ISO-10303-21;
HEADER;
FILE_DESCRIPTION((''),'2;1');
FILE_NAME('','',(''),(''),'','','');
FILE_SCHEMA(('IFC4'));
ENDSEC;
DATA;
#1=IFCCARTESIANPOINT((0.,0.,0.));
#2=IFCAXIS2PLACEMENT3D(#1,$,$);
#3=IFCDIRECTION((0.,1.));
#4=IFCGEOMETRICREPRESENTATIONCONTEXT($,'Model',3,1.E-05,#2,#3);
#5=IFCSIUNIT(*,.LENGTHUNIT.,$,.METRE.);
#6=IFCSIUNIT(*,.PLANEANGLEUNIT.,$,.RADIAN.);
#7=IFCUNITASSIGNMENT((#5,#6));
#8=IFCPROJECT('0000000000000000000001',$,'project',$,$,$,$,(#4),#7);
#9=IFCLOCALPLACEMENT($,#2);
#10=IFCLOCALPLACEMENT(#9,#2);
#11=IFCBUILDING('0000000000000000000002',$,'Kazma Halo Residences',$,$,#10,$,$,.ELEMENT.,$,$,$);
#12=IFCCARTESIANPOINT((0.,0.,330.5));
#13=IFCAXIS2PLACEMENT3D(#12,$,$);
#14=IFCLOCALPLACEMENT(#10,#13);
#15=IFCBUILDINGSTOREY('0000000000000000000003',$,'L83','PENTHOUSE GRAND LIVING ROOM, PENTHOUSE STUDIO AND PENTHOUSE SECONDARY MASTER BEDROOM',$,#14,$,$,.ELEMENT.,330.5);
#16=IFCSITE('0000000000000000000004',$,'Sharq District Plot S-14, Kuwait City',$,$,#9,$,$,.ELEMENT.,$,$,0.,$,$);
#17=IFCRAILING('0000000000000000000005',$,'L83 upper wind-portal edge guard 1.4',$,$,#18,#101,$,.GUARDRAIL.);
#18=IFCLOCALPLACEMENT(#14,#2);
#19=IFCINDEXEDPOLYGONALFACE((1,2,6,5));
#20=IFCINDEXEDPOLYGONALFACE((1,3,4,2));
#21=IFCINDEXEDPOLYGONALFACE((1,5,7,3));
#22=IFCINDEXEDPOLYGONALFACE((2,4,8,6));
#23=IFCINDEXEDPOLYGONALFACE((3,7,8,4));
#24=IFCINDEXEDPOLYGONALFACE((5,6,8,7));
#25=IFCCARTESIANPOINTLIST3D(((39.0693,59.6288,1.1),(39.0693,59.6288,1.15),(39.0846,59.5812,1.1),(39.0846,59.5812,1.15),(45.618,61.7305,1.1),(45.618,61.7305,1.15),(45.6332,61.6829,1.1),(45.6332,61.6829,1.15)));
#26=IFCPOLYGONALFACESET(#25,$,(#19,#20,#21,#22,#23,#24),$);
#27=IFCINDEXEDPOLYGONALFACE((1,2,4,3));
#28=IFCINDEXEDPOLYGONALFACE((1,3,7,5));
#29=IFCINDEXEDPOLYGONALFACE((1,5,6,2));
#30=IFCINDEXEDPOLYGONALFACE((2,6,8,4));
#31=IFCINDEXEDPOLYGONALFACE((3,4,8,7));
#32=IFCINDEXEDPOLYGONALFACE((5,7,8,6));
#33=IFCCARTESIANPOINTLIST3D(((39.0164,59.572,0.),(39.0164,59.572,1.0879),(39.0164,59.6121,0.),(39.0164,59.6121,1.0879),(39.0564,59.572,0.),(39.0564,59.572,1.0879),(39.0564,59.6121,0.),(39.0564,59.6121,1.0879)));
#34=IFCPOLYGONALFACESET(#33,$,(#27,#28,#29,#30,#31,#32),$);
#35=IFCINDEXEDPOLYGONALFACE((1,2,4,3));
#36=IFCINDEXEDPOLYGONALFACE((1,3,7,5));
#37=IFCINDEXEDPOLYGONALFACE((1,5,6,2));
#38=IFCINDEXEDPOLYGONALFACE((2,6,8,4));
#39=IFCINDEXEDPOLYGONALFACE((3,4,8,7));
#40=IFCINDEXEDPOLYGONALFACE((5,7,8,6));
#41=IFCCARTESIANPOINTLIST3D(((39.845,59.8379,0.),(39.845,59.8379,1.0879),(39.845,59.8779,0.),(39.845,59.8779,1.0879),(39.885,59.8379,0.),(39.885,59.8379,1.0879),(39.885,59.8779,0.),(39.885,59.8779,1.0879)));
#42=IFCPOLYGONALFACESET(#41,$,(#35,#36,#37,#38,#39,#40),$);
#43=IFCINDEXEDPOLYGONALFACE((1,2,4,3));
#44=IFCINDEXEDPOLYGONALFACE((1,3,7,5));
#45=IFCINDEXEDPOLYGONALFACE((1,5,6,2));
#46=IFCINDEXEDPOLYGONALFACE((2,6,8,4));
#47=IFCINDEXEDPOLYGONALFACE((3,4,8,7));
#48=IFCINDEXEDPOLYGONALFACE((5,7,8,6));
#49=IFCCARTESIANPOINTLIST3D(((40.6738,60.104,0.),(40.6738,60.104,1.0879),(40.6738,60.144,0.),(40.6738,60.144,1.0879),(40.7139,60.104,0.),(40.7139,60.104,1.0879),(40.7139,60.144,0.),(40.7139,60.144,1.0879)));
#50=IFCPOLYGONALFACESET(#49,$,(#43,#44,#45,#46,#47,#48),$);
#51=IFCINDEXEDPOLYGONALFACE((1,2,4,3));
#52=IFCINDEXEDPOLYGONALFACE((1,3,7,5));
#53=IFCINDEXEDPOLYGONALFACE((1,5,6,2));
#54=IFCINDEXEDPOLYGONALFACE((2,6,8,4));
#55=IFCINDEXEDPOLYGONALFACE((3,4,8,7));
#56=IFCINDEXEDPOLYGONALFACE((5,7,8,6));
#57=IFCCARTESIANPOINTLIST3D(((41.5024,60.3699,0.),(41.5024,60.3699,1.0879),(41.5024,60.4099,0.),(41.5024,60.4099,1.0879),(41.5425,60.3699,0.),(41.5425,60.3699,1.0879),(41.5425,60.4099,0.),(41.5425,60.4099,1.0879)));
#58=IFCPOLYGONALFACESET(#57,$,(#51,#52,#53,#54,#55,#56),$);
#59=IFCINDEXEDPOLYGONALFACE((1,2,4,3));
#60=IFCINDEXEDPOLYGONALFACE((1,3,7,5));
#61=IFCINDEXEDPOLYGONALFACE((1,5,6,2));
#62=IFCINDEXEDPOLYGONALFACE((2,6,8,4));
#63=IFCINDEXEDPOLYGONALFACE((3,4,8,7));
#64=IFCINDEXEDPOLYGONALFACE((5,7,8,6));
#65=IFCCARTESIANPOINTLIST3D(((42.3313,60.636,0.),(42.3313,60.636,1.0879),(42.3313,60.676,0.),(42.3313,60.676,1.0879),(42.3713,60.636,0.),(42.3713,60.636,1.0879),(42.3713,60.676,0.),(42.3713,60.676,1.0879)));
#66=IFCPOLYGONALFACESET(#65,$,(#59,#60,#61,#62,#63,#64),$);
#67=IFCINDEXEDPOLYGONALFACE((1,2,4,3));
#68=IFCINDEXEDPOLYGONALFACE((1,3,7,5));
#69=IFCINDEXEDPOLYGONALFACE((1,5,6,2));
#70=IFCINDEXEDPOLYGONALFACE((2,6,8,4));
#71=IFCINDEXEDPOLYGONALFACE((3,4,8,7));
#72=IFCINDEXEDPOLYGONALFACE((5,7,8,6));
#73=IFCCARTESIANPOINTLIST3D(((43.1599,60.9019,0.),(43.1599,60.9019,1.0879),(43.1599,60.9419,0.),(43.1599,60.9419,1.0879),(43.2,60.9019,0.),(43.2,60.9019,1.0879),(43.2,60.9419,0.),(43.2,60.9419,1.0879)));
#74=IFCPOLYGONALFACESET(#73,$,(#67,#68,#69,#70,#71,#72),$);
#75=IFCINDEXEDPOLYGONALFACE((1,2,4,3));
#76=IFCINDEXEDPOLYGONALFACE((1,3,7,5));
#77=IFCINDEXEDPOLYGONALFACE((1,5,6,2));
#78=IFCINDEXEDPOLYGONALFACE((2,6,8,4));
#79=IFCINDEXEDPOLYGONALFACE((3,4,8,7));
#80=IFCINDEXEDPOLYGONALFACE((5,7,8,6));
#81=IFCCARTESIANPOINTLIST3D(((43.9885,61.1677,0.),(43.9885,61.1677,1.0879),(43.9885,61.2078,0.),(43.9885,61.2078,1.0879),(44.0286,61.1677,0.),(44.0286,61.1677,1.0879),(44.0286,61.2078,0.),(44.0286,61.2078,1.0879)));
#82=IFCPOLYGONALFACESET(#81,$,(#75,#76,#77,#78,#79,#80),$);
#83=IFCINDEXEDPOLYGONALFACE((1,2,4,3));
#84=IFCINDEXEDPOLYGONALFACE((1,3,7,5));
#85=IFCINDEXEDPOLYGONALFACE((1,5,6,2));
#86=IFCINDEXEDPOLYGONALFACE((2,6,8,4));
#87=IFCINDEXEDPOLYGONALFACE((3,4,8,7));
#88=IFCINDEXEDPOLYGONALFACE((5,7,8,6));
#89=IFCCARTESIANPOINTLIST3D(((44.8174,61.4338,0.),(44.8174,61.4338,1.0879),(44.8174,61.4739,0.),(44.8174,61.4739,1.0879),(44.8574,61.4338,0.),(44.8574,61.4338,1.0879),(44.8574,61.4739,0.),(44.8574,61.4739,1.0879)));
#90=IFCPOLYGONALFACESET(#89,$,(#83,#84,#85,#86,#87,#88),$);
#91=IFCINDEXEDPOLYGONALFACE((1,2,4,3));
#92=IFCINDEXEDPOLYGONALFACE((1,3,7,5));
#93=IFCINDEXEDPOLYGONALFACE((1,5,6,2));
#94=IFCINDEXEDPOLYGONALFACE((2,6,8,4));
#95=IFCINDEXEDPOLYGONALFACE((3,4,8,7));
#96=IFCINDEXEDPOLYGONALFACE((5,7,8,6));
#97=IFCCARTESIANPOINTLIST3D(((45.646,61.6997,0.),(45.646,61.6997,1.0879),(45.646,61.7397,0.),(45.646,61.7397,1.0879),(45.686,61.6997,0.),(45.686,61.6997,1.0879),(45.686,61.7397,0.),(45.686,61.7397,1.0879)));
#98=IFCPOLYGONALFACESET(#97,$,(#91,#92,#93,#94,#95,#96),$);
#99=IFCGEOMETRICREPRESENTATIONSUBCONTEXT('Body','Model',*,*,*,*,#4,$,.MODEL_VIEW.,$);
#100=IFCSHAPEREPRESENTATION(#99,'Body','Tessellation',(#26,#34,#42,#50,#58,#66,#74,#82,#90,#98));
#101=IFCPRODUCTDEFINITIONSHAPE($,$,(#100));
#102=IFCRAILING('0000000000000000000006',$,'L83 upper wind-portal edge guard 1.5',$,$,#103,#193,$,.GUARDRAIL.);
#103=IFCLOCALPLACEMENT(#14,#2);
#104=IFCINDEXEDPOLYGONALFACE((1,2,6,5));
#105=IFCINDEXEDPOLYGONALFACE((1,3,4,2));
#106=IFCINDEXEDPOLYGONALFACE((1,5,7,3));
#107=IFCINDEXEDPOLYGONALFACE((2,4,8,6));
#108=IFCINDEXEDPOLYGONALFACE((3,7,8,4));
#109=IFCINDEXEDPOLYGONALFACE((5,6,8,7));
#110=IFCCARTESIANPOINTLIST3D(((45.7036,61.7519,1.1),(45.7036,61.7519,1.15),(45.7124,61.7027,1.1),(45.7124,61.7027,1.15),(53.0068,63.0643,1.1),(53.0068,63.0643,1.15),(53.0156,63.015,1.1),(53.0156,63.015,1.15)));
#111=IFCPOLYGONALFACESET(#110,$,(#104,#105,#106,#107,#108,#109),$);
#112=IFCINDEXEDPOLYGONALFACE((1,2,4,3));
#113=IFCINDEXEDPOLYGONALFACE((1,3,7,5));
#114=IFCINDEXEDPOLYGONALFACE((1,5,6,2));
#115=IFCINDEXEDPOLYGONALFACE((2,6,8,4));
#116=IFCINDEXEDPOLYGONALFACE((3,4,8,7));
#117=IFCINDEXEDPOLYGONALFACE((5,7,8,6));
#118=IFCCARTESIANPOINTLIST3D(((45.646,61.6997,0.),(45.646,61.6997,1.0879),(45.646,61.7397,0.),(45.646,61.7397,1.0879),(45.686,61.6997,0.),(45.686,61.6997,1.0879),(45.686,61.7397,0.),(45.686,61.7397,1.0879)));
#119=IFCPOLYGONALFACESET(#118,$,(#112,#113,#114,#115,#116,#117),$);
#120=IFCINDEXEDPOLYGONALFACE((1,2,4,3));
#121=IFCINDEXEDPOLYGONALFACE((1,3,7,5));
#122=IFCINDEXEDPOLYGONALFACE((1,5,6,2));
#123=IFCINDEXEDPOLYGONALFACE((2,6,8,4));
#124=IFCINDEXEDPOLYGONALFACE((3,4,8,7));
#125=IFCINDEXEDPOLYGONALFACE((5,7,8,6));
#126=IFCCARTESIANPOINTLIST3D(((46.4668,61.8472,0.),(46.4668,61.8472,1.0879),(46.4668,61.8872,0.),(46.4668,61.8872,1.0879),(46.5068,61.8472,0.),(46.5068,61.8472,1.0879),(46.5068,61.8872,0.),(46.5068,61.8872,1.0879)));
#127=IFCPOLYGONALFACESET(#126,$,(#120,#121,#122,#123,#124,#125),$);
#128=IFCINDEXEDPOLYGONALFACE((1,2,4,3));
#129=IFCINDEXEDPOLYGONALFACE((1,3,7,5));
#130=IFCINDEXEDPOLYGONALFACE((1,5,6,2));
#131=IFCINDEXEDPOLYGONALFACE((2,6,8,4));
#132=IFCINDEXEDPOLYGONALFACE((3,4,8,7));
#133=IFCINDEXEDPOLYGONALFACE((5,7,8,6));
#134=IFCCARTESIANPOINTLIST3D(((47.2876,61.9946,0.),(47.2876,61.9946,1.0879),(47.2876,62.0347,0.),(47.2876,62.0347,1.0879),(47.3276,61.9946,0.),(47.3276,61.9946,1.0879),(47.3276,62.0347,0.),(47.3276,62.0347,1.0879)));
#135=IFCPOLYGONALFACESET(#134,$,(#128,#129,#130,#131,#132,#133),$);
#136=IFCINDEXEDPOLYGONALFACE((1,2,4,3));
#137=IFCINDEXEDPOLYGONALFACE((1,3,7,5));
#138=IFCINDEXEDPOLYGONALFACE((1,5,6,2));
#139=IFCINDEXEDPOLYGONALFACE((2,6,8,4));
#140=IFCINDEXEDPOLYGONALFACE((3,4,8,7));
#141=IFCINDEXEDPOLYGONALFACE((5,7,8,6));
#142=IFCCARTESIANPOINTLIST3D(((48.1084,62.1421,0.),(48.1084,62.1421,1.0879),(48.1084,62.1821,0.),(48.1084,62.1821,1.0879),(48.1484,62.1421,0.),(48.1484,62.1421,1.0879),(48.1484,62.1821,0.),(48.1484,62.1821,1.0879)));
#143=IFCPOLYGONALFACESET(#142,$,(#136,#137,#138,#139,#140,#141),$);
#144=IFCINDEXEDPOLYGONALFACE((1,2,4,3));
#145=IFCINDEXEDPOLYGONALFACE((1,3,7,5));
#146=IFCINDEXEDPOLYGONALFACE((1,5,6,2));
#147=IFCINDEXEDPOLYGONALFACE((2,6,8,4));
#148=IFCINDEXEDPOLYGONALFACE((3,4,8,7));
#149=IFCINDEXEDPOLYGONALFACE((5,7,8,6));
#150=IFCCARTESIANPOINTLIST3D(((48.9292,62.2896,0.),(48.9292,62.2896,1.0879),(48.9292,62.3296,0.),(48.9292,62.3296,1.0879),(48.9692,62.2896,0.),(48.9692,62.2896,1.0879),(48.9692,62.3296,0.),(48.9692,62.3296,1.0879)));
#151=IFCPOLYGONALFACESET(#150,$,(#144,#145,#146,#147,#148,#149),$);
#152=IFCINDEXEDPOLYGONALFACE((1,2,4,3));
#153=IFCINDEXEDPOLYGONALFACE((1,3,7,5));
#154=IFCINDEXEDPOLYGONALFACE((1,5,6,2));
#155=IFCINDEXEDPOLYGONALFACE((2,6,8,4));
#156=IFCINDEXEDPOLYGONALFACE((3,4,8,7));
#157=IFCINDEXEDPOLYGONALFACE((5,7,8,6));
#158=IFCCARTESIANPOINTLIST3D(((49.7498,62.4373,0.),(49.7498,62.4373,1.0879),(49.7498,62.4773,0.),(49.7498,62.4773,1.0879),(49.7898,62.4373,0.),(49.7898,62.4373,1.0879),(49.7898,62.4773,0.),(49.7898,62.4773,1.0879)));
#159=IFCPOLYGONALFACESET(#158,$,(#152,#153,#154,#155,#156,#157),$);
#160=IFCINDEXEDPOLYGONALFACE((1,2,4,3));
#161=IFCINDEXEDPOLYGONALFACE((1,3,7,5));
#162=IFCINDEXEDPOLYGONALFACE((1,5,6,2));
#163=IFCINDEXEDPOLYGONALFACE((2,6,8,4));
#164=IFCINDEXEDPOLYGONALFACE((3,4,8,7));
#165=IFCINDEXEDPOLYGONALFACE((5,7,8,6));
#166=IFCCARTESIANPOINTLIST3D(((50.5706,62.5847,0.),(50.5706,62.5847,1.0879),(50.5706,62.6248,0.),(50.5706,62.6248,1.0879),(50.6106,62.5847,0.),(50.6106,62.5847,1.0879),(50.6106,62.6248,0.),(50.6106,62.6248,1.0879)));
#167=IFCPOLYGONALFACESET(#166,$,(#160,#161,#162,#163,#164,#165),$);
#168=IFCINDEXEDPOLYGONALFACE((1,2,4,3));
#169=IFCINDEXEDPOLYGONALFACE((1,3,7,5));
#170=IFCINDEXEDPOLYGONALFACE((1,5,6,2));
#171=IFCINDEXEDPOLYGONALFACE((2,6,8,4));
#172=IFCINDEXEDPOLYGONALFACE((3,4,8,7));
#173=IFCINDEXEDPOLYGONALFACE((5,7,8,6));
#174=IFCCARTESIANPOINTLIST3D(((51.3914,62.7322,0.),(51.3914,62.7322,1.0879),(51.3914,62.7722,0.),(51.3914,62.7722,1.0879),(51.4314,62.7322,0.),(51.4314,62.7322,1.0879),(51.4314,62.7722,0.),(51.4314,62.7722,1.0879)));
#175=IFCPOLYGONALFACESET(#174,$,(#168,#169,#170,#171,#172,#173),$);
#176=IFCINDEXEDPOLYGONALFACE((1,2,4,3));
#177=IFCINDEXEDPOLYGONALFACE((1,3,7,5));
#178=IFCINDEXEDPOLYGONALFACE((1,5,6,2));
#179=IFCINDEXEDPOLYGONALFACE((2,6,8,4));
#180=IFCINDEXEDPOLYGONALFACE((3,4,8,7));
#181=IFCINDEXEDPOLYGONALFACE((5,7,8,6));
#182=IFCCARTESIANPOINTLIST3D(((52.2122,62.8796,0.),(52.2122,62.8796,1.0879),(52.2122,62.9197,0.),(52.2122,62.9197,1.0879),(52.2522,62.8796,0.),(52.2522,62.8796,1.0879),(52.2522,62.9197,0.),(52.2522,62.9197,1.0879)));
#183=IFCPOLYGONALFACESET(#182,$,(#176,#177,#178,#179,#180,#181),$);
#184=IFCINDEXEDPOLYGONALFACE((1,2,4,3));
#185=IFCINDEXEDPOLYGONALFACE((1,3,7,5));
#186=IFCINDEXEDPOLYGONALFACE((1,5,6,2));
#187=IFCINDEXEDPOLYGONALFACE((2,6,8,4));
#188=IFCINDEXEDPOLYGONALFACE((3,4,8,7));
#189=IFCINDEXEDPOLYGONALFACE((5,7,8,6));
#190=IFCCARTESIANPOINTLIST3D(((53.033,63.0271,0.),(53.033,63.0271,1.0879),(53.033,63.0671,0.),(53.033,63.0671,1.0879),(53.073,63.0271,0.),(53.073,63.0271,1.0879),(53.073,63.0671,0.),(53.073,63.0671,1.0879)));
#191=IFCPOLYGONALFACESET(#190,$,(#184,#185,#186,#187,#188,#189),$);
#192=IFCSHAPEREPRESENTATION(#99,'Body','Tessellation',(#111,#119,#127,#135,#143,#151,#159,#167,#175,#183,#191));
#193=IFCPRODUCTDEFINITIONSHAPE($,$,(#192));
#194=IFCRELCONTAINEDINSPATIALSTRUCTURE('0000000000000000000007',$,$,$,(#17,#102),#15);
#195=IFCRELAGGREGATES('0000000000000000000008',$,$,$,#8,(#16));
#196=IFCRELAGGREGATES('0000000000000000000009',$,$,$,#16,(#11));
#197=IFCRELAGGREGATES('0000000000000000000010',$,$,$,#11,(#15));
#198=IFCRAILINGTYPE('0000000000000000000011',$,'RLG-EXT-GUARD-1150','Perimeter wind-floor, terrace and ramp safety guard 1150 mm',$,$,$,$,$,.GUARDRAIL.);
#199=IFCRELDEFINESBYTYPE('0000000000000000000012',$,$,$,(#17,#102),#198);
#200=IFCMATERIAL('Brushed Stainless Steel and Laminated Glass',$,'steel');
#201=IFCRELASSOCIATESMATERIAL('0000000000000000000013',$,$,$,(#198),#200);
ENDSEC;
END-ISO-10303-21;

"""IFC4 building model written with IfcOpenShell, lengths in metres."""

from ifc_helpers import new_model, si_unit, direction, frame, origin, origin_2d, place, context, subcontext, project, spatial, rectangle, extrude, material, type_object, element, save


model = new_model("IFC4")

# Units and contexts
model_context = context("Model", 3, precision=1e-05, world=origin(), true_north=direction((0.0, 1.0)))
body_context = subcontext(model_context, "Body", "Model", "MODEL_VIEW")
ifc_project = project(units=[si_unit("LENGTHUNIT", "METRE"), si_unit("PLANEANGLEUNIT", "RADIAN")], contexts=[model_context])

# Site, building, storey
site_placement = place(None, origin())
site = spatial("IfcSite", under=ifc_project, at=site_placement, Name="Sharq District Plot S-14, Kuwait City", CompositionType="ELEMENT", RefElevation=0.0)
building_placement = place(site_placement, origin())
building = spatial("IfcBuilding", under=site, at=building_placement, Name="Kazma Halo Residences", CompositionType="ELEMENT")
storey_placement = place(building_placement, frame((0.0, 0.0, 330.5)))
storey = spatial("IfcBuildingStorey", under=building, at=storey_placement, Name="L83", Description="PENTHOUSE GRAND LIVING ROOM, PENTHOUSE STUDIO AND PENTHOUSE SECONDARY MASTER BEDROOM", CompositionType="ELEMENT", Elevation=330.5)

# Railings
ifc_material_1 = material(Name="Brushed Stainless Steel and Laminated Glass", Category="steel")
railing_type = type_object("IfcRailingType", Name="RLG-EXT-GUARD-1150", Description="Perimeter wind-floor, terrace and ramp safety guard 1150 mm", PredefinedType="GUARDRAIL", material=ifc_material_1)
railing_1_placement = place(storey_placement, frame((39.0364, 59.592, 0.0)))
element("IfcRailing", 1, at=railing_1_placement, inside=storey, type_object=railing_type, Name="L83 upper wind-portal edge guard 1.4", PredefinedType="GUARDRAIL", context=body_context, shape_type="SweptSolid", body=[
    extrude(rectangle(XDim=0.05, YDim=0.05, at=origin_2d()), frame((0.0405, 0.0129, 1.125), z_axis=(0.952165, 0.305584, 0.0), x_axis=(-0.305584, 0.952165, 0.0)), (0.0, 0.0, 1.0), 6.8777),
    extrude(rectangle(XDim=0.04, YDim=0.04, at=origin_2d()), origin(), (0.0, 0.0, 1.0), 1.0879),
    extrude(rectangle(XDim=0.04, YDim=0.04, at=origin_2d()), frame((0.8286, 0.2659, 0.0)), (0.0, 0.0, 1.0), 1.0879),
    extrude(rectangle(XDim=0.04, YDim=0.04, at=origin_2d()), frame((1.6575, 0.532, 0.0)), (0.0, 0.0, 1.0), 1.0879),
    extrude(rectangle(XDim=0.04, YDim=0.04, at=origin_2d()), frame((2.4861, 0.7979, 0.0)), (0.0, 0.0, 1.0), 1.0879),
    extrude(rectangle(XDim=0.04, YDim=0.04, at=origin_2d()), frame((3.3149, 1.064, 0.0)), (0.0, 0.0, 1.0), 1.0879),
    extrude(rectangle(XDim=0.04, YDim=0.04, at=origin_2d()), frame((4.1436, 1.3298, 0.0)), (0.0, 0.0, 1.0), 1.0879),
    extrude(rectangle(XDim=0.04, YDim=0.04, at=origin_2d()), frame((4.9722, 1.5957, 0.0)), (0.0, 0.0, 1.0), 1.0879),
    extrude(rectangle(XDim=0.04, YDim=0.04, at=origin_2d()), frame((5.801, 1.8618, 0.0)), (0.0, 0.0, 1.0), 1.0879),
    extrude(rectangle(XDim=0.04, YDim=0.04, at=origin_2d()), frame((6.6296, 2.1277, 0.0)), (0.0, 0.0, 1.0), 1.0879),
])
railing_2_placement = place(storey_placement, frame((45.666, 61.7197, 0.0)))
element("IfcRailing", 2, at=railing_2_placement, inside=storey, type_object=railing_type, Name="L83 upper wind-portal edge guard 1.5", PredefinedType="GUARDRAIL", context=body_context, shape_type="SweptSolid", body=[
    extrude(rectangle(XDim=0.05, YDim=0.05, at=origin_2d()), frame((0.042, 0.0076, 1.125), z_axis=(0.984236, 0.176861, 0.0), x_axis=(-0.176861, 0.984236, 0.0)), (0.0, 0.0, 1.0), 7.4202),
    extrude(rectangle(XDim=0.04, YDim=0.04, at=origin_2d()), origin(), (0.0, 0.0, 1.0), 1.0879),
    extrude(rectangle(XDim=0.04, YDim=0.04, at=origin_2d()), frame((0.8208, 0.1475, 0.0)), (0.0, 0.0, 1.0), 1.0879),
    extrude(rectangle(XDim=0.04, YDim=0.04, at=origin_2d()), frame((1.6416, 0.2949, 0.0)), (0.0, 0.0, 1.0), 1.0879),
    extrude(rectangle(XDim=0.04, YDim=0.04, at=origin_2d()), frame((2.4624, 0.4424, 0.0)), (0.0, 0.0, 1.0), 1.0879),
    extrude(rectangle(XDim=0.04, YDim=0.04, at=origin_2d()), frame((3.2832, 0.5898, 0.0)), (0.0, 0.0, 1.0), 1.0879),
    extrude(rectangle(XDim=0.04, YDim=0.04, at=origin_2d()), frame((4.1038, 0.7375, 0.0)), (0.0, 0.0, 1.0), 1.0879),
    extrude(rectangle(XDim=0.04, YDim=0.04, at=origin_2d()), frame((4.9246, 0.885, 0.0)), (0.0, 0.0, 1.0), 1.0879),
    extrude(rectangle(XDim=0.04, YDim=0.04, at=origin_2d()), frame((5.7454, 1.0325, 0.0)), (0.0, 0.0, 1.0), 1.0879),
    extrude(rectangle(XDim=0.04, YDim=0.04, at=origin_2d()), frame((6.5662, 1.1799, 0.0)), (0.0, 0.0, 1.0), 1.0879),
    extrude(rectangle(XDim=0.04, YDim=0.04, at=origin_2d()), frame((7.387, 1.3274, 0.0)), (0.0, 0.0, 1.0), 1.0879),
])

save(model, "model.ifc")
